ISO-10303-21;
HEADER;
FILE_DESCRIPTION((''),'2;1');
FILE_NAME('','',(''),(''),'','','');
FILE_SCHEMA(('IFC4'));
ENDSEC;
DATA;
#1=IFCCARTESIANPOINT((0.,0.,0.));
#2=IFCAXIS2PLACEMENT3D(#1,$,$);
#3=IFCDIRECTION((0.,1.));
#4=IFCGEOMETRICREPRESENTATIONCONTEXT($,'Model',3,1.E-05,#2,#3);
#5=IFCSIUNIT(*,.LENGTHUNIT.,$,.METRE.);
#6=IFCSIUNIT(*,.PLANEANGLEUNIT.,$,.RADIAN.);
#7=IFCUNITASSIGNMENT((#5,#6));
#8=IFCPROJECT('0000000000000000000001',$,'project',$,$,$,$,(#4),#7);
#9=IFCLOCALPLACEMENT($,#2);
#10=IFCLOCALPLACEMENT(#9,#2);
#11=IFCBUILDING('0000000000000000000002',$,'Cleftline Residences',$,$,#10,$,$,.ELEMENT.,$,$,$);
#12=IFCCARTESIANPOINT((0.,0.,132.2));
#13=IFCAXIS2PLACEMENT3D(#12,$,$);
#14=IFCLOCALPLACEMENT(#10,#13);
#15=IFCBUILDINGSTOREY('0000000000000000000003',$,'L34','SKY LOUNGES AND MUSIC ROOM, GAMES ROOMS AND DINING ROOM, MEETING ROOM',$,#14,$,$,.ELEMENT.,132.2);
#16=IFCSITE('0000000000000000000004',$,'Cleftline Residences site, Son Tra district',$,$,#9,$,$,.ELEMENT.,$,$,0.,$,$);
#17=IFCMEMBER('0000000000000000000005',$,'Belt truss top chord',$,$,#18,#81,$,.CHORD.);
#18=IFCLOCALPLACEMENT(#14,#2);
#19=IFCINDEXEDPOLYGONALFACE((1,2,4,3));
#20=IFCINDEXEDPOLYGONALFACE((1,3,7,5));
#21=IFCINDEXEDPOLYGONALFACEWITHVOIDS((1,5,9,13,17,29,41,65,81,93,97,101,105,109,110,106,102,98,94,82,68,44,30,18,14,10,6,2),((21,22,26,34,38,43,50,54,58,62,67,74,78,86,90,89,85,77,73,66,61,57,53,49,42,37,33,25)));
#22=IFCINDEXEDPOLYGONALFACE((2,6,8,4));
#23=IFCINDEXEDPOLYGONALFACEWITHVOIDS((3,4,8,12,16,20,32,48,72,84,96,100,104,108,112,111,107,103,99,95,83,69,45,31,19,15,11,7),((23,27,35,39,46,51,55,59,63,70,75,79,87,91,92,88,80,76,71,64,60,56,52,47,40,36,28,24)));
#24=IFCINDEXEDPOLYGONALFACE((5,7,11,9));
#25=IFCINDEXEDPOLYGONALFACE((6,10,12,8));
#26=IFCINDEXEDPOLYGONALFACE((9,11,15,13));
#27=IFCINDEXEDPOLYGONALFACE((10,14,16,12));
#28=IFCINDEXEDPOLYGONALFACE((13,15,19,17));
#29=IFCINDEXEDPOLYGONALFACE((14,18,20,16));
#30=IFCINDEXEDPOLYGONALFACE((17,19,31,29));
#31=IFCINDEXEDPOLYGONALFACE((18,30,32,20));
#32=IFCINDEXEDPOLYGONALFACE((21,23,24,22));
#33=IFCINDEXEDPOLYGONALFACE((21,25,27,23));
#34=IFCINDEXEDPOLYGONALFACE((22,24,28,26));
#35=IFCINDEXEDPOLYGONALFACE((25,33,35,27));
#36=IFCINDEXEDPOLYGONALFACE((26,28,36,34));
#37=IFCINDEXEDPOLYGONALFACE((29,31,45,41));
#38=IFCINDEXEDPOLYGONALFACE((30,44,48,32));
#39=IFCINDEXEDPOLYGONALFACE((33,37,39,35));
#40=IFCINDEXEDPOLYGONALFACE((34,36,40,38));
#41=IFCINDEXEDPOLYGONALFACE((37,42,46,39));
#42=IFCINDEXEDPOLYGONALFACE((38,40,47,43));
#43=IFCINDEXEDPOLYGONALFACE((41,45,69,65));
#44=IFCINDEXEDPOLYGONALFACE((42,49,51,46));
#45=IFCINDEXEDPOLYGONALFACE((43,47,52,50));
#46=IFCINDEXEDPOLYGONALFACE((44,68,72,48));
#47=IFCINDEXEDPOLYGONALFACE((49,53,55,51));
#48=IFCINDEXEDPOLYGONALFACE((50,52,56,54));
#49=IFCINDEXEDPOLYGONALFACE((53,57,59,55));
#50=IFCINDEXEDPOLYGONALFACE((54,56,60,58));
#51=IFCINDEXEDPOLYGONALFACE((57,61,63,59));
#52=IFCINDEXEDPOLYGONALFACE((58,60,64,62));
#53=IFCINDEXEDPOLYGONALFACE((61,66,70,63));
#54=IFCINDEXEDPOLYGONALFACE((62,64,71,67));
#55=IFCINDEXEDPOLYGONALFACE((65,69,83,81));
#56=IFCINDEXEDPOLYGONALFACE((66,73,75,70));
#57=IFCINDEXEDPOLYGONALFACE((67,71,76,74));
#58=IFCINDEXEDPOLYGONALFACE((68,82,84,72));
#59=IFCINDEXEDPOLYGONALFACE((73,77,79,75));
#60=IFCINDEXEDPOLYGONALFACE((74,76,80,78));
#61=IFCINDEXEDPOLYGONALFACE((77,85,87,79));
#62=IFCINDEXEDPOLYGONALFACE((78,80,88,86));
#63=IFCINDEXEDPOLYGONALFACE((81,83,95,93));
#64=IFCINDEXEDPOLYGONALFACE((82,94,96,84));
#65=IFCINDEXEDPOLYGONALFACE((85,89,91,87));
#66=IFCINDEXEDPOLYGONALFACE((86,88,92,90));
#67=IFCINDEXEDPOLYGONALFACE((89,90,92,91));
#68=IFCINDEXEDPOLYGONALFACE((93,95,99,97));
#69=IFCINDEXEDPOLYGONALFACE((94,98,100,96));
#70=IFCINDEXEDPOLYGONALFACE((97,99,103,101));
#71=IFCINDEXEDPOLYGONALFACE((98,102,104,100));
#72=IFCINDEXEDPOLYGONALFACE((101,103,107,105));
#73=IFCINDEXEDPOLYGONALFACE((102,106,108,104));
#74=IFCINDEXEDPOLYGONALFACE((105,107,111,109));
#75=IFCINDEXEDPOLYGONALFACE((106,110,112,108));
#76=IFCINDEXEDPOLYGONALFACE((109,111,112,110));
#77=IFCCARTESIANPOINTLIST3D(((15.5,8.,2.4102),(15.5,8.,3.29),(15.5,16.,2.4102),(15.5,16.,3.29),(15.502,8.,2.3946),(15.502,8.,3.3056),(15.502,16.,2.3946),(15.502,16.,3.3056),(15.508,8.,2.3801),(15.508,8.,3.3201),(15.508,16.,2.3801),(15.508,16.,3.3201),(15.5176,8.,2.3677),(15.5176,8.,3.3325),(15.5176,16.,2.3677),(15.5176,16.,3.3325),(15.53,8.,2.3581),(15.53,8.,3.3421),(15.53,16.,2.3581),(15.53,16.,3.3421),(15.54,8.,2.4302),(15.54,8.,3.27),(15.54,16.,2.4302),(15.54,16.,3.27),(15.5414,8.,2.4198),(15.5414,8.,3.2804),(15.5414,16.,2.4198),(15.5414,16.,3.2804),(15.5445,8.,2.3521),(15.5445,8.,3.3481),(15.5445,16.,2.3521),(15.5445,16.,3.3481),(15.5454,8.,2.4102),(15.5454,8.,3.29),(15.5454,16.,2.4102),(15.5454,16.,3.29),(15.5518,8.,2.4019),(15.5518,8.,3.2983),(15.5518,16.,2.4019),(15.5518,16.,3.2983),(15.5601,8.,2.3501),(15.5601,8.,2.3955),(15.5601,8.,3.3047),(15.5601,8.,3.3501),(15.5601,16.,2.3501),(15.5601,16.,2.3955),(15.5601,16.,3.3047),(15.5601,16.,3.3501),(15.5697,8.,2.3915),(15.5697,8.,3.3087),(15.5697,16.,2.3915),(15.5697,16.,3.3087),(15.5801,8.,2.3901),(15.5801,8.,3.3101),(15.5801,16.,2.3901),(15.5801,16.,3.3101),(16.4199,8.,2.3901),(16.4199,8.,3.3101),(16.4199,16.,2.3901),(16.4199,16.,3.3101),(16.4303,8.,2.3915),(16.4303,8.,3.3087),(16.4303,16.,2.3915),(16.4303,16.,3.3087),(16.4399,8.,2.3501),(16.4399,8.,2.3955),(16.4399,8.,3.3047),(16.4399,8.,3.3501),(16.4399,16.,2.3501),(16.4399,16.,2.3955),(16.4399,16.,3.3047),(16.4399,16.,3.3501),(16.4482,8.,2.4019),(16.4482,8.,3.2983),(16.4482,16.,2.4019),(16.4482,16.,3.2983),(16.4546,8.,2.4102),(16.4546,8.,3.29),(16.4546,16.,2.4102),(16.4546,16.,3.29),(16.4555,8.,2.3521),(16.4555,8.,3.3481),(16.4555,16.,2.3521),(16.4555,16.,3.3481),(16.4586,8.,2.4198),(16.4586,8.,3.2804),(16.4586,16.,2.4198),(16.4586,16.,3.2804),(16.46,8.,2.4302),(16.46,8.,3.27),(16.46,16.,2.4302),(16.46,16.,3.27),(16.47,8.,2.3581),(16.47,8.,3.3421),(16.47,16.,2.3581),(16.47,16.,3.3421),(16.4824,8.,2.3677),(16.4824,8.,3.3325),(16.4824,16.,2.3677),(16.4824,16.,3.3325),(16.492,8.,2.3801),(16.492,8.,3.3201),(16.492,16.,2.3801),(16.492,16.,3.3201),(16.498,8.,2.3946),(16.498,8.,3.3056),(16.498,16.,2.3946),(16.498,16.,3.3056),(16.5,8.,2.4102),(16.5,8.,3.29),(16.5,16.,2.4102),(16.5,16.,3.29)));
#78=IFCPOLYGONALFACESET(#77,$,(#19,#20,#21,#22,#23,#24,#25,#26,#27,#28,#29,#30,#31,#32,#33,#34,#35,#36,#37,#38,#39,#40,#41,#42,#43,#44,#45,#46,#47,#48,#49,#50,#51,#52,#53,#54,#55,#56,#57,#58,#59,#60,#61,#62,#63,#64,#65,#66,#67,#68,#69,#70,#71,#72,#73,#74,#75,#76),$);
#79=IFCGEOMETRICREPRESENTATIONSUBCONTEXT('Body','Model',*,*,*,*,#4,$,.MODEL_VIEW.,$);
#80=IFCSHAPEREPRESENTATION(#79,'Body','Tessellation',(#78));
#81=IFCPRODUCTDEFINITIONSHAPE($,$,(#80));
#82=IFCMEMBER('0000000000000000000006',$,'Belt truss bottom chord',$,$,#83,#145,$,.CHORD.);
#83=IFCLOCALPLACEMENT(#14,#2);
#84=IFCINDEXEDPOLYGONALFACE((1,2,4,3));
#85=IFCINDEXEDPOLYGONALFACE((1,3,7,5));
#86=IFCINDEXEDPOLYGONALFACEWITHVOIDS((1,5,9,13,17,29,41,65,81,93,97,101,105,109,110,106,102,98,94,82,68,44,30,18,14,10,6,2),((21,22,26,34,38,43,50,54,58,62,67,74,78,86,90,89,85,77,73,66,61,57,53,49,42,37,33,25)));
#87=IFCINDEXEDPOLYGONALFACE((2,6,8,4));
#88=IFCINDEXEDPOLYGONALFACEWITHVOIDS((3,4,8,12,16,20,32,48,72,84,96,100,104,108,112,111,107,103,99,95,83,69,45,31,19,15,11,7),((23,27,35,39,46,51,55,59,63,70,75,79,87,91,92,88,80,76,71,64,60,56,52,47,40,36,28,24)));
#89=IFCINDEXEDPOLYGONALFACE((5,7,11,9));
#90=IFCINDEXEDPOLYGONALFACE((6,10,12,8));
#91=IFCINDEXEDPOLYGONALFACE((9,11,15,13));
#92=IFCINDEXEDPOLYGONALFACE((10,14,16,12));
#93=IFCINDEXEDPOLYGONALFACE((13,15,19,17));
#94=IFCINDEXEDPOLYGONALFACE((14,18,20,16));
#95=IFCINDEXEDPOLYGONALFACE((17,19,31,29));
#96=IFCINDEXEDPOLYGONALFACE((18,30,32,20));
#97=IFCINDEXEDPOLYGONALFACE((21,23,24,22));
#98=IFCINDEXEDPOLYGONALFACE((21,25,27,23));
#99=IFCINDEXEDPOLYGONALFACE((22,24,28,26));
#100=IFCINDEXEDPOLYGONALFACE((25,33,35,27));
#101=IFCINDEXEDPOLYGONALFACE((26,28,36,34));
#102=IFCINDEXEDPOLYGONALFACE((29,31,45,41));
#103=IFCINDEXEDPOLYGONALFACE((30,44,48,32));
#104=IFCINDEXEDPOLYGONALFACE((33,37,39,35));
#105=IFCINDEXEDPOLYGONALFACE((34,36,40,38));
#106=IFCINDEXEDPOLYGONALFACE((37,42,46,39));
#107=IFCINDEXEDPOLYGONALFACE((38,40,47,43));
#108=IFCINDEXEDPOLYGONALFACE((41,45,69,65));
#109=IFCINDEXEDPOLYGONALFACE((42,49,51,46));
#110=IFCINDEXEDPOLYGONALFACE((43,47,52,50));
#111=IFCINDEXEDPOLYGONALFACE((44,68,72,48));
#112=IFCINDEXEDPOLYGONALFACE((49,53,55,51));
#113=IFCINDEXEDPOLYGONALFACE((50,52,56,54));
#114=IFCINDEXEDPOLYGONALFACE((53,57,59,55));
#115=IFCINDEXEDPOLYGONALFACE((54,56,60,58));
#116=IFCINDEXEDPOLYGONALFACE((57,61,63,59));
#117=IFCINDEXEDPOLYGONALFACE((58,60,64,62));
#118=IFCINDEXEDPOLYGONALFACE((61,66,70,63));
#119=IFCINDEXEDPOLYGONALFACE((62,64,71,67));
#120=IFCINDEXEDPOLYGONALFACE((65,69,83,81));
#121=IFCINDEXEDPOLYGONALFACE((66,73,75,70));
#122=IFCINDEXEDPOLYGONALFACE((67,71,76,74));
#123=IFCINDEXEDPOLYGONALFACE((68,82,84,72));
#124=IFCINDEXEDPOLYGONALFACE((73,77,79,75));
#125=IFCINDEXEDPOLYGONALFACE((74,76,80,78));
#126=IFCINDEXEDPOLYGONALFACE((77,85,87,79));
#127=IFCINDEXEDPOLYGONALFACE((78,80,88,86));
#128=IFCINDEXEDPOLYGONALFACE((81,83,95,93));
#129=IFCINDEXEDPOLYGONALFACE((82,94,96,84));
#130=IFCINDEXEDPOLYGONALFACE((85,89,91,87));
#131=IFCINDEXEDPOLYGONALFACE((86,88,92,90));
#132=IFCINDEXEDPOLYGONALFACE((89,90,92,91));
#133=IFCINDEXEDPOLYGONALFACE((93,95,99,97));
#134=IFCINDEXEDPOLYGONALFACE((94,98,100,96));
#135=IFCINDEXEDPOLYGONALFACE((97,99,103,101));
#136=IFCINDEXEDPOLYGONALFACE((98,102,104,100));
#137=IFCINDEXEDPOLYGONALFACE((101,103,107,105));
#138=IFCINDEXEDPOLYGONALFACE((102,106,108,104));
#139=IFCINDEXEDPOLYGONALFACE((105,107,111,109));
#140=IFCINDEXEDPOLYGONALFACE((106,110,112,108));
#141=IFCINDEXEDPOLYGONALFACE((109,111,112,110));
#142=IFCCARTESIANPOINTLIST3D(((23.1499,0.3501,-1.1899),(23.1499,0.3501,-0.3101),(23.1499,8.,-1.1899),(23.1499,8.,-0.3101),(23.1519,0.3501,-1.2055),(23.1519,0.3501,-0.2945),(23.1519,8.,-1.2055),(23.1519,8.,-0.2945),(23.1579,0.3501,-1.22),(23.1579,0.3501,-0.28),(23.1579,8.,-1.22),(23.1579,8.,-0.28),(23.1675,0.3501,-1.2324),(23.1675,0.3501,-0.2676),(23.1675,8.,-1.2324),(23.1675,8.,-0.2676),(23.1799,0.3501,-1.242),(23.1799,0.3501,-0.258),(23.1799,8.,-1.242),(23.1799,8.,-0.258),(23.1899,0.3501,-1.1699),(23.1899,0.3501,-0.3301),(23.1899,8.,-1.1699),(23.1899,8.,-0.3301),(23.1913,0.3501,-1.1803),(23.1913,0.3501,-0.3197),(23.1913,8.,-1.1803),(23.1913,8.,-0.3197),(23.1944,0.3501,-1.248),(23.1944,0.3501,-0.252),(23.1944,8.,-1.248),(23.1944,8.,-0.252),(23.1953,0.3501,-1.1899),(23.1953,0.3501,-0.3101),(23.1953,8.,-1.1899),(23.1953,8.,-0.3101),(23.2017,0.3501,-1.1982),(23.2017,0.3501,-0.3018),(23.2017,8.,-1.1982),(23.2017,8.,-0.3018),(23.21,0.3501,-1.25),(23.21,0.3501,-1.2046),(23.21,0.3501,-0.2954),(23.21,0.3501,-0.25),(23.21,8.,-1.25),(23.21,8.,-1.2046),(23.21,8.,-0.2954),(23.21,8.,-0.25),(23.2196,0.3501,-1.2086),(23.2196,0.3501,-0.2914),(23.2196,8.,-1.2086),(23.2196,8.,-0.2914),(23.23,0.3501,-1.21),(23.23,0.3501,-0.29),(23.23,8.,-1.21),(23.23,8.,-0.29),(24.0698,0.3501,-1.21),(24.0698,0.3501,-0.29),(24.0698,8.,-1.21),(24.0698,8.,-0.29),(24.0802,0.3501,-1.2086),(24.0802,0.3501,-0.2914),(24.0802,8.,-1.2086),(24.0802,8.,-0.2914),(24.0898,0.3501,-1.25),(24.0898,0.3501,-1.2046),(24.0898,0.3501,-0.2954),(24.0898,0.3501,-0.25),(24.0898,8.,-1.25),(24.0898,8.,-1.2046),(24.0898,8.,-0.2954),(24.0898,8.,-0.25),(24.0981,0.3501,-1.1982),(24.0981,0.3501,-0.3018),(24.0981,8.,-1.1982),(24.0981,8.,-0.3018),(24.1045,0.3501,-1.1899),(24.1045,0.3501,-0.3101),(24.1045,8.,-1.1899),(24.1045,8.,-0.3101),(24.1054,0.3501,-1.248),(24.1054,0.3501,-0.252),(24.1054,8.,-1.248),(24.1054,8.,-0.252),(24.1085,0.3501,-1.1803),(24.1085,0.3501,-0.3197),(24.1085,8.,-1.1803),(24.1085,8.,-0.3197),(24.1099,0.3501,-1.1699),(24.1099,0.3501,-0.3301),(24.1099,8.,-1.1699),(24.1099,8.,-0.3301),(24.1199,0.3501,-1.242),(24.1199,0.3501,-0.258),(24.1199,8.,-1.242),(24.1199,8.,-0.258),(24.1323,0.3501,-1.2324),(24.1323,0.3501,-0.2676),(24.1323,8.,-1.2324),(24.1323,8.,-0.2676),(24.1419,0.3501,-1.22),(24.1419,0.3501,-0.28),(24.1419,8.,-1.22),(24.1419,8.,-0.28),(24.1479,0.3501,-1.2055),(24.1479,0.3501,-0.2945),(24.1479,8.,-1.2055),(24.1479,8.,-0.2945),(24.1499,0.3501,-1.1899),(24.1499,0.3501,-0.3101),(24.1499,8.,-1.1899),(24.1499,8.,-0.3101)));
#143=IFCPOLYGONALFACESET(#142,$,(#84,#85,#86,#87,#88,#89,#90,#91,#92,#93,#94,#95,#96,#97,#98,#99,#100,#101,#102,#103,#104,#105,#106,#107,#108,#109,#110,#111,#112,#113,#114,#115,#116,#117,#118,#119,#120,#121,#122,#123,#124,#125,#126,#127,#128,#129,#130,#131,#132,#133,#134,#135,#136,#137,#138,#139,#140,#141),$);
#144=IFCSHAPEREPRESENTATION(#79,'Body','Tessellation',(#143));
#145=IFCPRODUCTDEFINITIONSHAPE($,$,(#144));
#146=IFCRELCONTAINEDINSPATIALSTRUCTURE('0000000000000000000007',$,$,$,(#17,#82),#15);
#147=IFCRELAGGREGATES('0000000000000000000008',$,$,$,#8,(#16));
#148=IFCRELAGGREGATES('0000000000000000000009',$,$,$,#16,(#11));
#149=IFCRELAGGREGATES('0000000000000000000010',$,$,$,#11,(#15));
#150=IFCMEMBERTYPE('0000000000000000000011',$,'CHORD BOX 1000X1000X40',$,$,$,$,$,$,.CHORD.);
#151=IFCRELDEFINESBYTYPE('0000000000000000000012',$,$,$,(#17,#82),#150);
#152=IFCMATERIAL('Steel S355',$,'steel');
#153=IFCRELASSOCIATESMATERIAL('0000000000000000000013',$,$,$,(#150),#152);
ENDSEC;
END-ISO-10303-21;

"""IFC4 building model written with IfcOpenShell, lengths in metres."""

from ifc_helpers import new_model, si_unit, direction, frame, origin, origin_2d, place, context, subcontext, project, spatial, hollow_rectangle, extrude, material, material_profile, profile_set, type_object, element, save


model = new_model("IFC4")

# Units and contexts
model_context = context("Model", 3, precision=1e-05, world=origin(), true_north=direction((0.0, 1.0)))
body_context = subcontext(model_context, "Body", "Model", "MODEL_VIEW")
ifc_project = project(units=[si_unit("LENGTHUNIT", "METRE"), si_unit("PLANEANGLEUNIT", "RADIAN")], contexts=[model_context])

# Site, building, storey
site_placement = place(None, origin())
site = spatial("IfcSite", under=ifc_project, at=site_placement, Name="Cleftline Residences site, Son Tra district", CompositionType="ELEMENT", RefElevation=0.0)
building_placement = place(site_placement, origin())
building = spatial("IfcBuilding", under=site, at=building_placement, Name="Cleftline Residences", CompositionType="ELEMENT")
storey_placement = place(building_placement, frame((0.0, 0.0, 132.2)))
storey = spatial("IfcBuildingStorey", under=building, at=storey_placement, Name="L34", Description="SKY LOUNGES AND MUSIC ROOM, GAMES ROOMS AND DINING ROOM, MEETING ROOM", CompositionType="ELEMENT", Elevation=132.2)

# Members
ifc_material_1 = material(Name="Steel S355", Category="steel")
ifc_material_profile_1 = material_profile(ifc_material_1, hollow_rectangle(XDim=1.0, YDim=1.0, WallThickness=0.04, InnerFilletRadius=0.04, OuterFilletRadius=0.0601, at=origin_2d()))
ifc_profile_set_1 = profile_set([ifc_material_profile_1], Name="Steel S355")
member_type_1 = type_object("IfcMemberType", Name="CHORD BOX 1000X1000X40", PredefinedType="CHORD", material=ifc_profile_set_1)
for number, where, z_axis, x_axis, name in (
    (1, (16.0, 8.0, 2.8501), (0.0, 1.0, 0.0), (-1.0, 0.0, 0.0), "Belt truss top chord"),
):
    element("IfcMember", number, at=place(storey_placement, frame(where, z_axis=z_axis, x_axis=x_axis)), inside=storey, type_object=member_type_1, Name=name, PredefinedType="CHORD", context=body_context, shape_type="SweptSolid", body=[
        extrude(hollow_rectangle(XDim=1.0, YDim=1.0, WallThickness=0.04, InnerFilletRadius=0.04, OuterFilletRadius=0.0601, at=origin_2d()), origin(), (0.0, 0.0, 1.0), 8.0),
    ])
for number, where, z_axis, x_axis, name in (
    (2, (23.6499, 0.3501, -0.75), (0.0, 1.0, 0.0), (-1.0, 0.0, 0.0), "Belt truss bottom chord"),
):
    element("IfcMember", number, at=place(storey_placement, frame(where, z_axis=z_axis, x_axis=x_axis)), inside=storey, type_object=member_type_1, Name=name, PredefinedType="CHORD", context=body_context, shape_type="SweptSolid", body=[
        extrude(hollow_rectangle(XDim=1.0, YDim=1.0, WallThickness=0.04, InnerFilletRadius=0.04, OuterFilletRadius=0.0601, at=origin_2d()), origin(), (0.0, 0.0, 1.0), 7.6499),
    ])

save(model, "model.ifc")
